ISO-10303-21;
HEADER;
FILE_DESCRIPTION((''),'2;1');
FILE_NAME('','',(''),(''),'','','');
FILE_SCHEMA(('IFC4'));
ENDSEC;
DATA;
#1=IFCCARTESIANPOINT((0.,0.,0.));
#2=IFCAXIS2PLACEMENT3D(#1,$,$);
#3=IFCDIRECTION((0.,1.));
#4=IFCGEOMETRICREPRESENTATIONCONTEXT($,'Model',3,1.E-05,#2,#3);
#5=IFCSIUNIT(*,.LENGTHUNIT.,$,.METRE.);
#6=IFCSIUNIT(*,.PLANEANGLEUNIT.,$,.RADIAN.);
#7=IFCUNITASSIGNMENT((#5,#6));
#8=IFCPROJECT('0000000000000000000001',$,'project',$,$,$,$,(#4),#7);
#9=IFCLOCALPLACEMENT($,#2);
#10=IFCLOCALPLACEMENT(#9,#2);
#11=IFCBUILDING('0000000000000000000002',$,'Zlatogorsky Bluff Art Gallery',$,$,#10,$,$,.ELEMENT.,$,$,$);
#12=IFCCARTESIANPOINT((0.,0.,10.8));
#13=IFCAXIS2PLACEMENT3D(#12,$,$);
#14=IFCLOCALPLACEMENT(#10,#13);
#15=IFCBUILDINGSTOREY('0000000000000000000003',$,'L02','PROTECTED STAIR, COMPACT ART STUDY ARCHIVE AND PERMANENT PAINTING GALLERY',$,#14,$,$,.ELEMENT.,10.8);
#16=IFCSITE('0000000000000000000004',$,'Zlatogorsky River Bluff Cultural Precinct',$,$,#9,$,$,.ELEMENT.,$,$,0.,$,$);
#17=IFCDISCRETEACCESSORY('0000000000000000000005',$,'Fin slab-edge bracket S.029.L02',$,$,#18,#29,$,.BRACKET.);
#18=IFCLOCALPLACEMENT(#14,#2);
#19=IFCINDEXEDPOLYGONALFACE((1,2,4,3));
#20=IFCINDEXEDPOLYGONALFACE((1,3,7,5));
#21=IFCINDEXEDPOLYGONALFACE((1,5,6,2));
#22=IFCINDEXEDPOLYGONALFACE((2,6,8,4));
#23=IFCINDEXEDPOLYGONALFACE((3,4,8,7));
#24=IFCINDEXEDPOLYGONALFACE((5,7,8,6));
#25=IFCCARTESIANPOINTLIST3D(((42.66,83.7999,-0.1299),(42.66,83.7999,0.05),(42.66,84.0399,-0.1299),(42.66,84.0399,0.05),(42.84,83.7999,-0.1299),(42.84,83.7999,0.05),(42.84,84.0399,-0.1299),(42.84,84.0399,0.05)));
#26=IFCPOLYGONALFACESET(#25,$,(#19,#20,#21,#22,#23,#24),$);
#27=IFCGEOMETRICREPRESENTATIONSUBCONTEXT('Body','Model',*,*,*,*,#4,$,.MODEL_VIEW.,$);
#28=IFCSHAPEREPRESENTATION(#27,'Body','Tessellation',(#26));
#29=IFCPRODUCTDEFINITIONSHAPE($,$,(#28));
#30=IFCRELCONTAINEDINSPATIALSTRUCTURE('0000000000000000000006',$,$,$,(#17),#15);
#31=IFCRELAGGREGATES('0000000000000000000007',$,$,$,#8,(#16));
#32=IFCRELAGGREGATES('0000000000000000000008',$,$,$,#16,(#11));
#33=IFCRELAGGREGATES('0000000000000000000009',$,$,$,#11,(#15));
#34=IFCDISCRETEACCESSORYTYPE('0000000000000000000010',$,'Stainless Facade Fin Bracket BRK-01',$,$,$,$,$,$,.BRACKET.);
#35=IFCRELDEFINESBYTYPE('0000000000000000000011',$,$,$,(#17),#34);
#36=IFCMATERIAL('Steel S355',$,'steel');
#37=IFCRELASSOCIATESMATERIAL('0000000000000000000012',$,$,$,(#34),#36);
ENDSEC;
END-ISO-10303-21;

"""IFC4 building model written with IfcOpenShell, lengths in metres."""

from ifc_helpers import new_model, si_unit, direction, frame, origin, origin_2d, place, context, subcontext, project, spatial, rectangle, extrude, material, type_object, element, save


model = new_model("IFC4")

# Units and contexts
model_context = context("Model", 3, precision=1e-05, world=origin(), true_north=direction((0.0, 1.0)))
body_context = subcontext(model_context, "Body", "Model", "MODEL_VIEW")
ifc_project = project(units=[si_unit("LENGTHUNIT", "METRE"), si_unit("PLANEANGLEUNIT", "RADIAN")], contexts=[model_context])

# Site, building, storey
site_placement = place(None, origin())
site = spatial("IfcSite", under=ifc_project, at=site_placement, Name="Zlatogorsky River Bluff Cultural Precinct", CompositionType="ELEMENT", RefElevation=0.0)
building_placement = place(site_placement, origin())
building = spatial("IfcBuilding", under=site, at=building_placement, Name="Zlatogorsky Bluff Art Gallery", CompositionType="ELEMENT")
storey_placement = place(building_placement, frame((0.0, 0.0, 10.8)))
storey = spatial("IfcBuildingStorey", under=building, at=storey_placement, Name="L02", Description="PROTECTED STAIR, COMPACT ART STUDY ARCHIVE AND PERMANENT PAINTING GALLERY", CompositionType="ELEMENT", Elevation=10.8)

# Discrete accessory
ifc_material = material(Name="Steel S355", Category="steel")
discrete_accessory_type = type_object("IfcDiscreteAccessoryType", Name="Stainless Facade Fin Bracket BRK-01", PredefinedType="BRACKET", material=ifc_material)
for number, where, z_axis, x_axis, name in (
    (1, (42.75, 83.9199, -0.1299), (0.0, 0.0, 1.0), (1.0, 0.0, 0.0), "Fin slab-edge bracket S.029.L02"),
):
    element("IfcDiscreteAccessory", number, at=place(storey_placement, frame(where, z_axis=z_axis, x_axis=x_axis)), inside=storey, type_object=discrete_accessory_type, Name=name, PredefinedType="BRACKET", context=body_context, shape_type="SweptSolid", body=[
        extrude(rectangle(XDim=0.1799, YDim=0.24, at=origin_2d()), origin(), (0.0, 0.0, 1.0), 0.1799),
    ])

save(model, "model.ifc")
